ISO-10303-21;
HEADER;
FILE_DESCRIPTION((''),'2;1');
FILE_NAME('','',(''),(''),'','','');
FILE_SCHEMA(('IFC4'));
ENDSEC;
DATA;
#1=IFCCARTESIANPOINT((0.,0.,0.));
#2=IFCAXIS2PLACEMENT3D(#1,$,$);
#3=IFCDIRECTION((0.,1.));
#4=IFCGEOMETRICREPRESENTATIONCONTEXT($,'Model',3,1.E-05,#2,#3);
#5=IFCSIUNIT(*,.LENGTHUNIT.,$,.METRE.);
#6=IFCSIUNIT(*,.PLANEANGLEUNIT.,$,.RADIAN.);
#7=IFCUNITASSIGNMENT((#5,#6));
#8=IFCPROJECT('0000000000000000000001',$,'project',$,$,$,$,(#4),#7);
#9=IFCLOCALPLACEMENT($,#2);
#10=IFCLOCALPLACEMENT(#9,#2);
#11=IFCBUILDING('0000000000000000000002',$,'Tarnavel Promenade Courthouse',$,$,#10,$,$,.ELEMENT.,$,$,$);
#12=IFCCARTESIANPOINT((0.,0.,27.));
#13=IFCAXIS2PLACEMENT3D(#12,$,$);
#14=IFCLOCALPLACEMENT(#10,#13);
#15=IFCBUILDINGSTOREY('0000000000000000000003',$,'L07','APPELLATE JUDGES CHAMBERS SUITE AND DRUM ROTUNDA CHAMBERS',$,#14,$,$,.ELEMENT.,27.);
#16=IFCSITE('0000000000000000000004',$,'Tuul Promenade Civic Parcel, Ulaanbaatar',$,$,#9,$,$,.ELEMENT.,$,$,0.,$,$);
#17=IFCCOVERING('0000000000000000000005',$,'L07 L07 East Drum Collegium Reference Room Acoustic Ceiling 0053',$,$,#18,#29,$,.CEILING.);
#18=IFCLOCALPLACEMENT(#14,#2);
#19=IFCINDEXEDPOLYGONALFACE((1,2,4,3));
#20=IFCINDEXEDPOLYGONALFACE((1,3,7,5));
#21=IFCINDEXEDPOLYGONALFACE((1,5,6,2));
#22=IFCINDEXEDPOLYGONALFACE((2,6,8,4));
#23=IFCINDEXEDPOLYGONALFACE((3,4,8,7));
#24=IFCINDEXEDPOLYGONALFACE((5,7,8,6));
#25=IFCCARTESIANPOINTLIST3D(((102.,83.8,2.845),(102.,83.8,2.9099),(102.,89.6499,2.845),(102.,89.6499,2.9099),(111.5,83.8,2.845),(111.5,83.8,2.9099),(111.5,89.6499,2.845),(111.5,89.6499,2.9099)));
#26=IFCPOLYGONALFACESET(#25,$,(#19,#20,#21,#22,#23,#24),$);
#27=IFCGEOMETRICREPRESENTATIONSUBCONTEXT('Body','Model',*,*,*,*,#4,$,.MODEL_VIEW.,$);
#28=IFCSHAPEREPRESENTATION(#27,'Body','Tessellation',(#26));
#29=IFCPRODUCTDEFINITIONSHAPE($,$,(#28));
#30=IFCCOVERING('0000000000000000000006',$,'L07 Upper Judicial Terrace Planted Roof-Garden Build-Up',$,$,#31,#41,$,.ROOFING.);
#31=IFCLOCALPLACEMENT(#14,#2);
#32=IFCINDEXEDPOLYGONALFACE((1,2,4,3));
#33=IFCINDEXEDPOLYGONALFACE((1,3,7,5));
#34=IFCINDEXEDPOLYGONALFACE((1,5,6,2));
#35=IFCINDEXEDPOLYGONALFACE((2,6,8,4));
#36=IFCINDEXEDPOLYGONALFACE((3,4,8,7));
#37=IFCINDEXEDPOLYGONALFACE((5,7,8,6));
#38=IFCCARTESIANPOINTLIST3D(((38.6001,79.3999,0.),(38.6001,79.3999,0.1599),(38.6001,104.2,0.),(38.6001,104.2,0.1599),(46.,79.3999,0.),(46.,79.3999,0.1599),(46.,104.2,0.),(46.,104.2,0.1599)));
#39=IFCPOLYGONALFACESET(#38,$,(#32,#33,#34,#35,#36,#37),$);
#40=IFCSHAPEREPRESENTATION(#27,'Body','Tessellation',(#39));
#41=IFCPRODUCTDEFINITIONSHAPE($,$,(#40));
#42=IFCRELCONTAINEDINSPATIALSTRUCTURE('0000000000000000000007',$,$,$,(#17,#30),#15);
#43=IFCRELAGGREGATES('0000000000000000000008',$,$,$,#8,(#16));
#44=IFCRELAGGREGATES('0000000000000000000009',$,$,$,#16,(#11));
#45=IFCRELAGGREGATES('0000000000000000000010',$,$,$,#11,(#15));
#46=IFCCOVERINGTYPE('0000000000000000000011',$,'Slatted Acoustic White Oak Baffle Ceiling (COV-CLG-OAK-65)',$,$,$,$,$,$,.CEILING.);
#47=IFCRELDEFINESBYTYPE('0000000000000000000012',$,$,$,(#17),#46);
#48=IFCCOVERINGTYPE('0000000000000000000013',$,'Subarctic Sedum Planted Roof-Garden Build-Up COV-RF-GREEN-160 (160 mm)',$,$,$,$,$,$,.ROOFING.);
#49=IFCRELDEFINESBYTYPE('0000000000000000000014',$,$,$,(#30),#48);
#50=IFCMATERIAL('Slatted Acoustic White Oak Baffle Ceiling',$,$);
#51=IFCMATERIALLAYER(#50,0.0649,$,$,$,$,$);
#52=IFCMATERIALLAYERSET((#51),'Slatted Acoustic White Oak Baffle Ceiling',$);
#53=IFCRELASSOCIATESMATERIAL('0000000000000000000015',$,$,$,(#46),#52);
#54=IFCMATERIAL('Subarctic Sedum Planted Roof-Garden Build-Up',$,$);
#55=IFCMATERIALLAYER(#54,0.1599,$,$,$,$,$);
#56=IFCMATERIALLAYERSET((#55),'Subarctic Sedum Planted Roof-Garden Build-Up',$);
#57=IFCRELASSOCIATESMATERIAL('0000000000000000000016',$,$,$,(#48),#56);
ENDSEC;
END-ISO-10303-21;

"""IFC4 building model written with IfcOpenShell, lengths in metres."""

from ifc_helpers import new_model, si_unit, direction, frame, origin, place, context, subcontext, project, spatial, polyline, outline, extrude, material, layer, layer_set, type_object, element, save


model = new_model("IFC4")

# Units and contexts
model_context = context("Model", 3, precision=1e-05, world=origin(), true_north=direction((0.0, 1.0)))
body_context = subcontext(model_context, "Body", "Model", "MODEL_VIEW")
ifc_project = project(units=[si_unit("LENGTHUNIT", "METRE"), si_unit("PLANEANGLEUNIT", "RADIAN")], contexts=[model_context])

# Site, building, storey
site_placement = place(None, origin())
site = spatial("IfcSite", under=ifc_project, at=site_placement, Name="Tuul Promenade Civic Parcel, Ulaanbaatar", CompositionType="ELEMENT", RefElevation=0.0)
building_placement = place(site_placement, origin())
building = spatial("IfcBuilding", under=site, at=building_placement, Name="Tarnavel Promenade Courthouse", CompositionType="ELEMENT")
storey_placement = place(building_placement, frame((0.0, 0.0, 27.0)))
storey = spatial("IfcBuildingStorey", under=building, at=storey_placement, Name="L07", Description="APPELLATE JUDGES CHAMBERS SUITE AND DRUM ROTUNDA CHAMBERS", CompositionType="ELEMENT", Elevation=27.0)

# Coverings
ifc_material_1 = material(Name="Slatted Acoustic White Oak Baffle Ceiling")
ifc_layer_1 = layer(ifc_material_1, 0.0649)
ifc_layer_set_1 = layer_set([ifc_layer_1], Name="Slatted Acoustic White Oak Baffle Ceiling")
covering_type_1 = type_object("IfcCoveringType", Name="Slatted Acoustic White Oak Baffle Ceiling (COV-CLG-OAK-65)", PredefinedType="CEILING", material=ifc_layer_set_1)
covering_1_placement = place(storey_placement, frame((0.0, 0.0, 2.845)))
element("IfcCovering", 1, at=covering_1_placement, inside=storey, type_object=covering_type_1, Name="L07 L07 East Drum Collegium Reference Room Acoustic Ceiling 0053", PredefinedType="CEILING", context=body_context, shape_type="SweptSolid", body=[
    extrude(outline(polyline([(102.0, 83.8), (111.5, 83.8), (111.5, 89.6499), (102.0, 89.6499), (102.0, 83.8)])), origin(), (0.0, 0.0, 1.0), 0.0649),
])
ifc_material_2 = material(Name="Subarctic Sedum Planted Roof-Garden Build-Up")
ifc_layer_2 = layer(ifc_material_2, 0.1599)
ifc_layer_set_2 = layer_set([ifc_layer_2], Name="Subarctic Sedum Planted Roof-Garden Build-Up")
covering_type_2 = type_object("IfcCoveringType", Name="Subarctic Sedum Planted Roof-Garden Build-Up COV-RF-GREEN-160 (160 mm)", PredefinedType="ROOFING", material=ifc_layer_set_2)
covering_2_placement = place(storey_placement, origin())
element("IfcCovering", 2, at=covering_2_placement, inside=storey, type_object=covering_type_2, Name="L07 Upper Judicial Terrace Planted Roof-Garden Build-Up", PredefinedType="ROOFING", context=body_context, shape_type="SweptSolid", body=[
    extrude(outline(polyline([(38.6001, 79.3999), (46.0, 79.3999), (46.0, 104.2), (38.6001, 104.2), (38.6001, 79.3999)])), origin(), (0.0, 0.0, 1.0), 0.1599),
])

save(model, "model.ifc")
